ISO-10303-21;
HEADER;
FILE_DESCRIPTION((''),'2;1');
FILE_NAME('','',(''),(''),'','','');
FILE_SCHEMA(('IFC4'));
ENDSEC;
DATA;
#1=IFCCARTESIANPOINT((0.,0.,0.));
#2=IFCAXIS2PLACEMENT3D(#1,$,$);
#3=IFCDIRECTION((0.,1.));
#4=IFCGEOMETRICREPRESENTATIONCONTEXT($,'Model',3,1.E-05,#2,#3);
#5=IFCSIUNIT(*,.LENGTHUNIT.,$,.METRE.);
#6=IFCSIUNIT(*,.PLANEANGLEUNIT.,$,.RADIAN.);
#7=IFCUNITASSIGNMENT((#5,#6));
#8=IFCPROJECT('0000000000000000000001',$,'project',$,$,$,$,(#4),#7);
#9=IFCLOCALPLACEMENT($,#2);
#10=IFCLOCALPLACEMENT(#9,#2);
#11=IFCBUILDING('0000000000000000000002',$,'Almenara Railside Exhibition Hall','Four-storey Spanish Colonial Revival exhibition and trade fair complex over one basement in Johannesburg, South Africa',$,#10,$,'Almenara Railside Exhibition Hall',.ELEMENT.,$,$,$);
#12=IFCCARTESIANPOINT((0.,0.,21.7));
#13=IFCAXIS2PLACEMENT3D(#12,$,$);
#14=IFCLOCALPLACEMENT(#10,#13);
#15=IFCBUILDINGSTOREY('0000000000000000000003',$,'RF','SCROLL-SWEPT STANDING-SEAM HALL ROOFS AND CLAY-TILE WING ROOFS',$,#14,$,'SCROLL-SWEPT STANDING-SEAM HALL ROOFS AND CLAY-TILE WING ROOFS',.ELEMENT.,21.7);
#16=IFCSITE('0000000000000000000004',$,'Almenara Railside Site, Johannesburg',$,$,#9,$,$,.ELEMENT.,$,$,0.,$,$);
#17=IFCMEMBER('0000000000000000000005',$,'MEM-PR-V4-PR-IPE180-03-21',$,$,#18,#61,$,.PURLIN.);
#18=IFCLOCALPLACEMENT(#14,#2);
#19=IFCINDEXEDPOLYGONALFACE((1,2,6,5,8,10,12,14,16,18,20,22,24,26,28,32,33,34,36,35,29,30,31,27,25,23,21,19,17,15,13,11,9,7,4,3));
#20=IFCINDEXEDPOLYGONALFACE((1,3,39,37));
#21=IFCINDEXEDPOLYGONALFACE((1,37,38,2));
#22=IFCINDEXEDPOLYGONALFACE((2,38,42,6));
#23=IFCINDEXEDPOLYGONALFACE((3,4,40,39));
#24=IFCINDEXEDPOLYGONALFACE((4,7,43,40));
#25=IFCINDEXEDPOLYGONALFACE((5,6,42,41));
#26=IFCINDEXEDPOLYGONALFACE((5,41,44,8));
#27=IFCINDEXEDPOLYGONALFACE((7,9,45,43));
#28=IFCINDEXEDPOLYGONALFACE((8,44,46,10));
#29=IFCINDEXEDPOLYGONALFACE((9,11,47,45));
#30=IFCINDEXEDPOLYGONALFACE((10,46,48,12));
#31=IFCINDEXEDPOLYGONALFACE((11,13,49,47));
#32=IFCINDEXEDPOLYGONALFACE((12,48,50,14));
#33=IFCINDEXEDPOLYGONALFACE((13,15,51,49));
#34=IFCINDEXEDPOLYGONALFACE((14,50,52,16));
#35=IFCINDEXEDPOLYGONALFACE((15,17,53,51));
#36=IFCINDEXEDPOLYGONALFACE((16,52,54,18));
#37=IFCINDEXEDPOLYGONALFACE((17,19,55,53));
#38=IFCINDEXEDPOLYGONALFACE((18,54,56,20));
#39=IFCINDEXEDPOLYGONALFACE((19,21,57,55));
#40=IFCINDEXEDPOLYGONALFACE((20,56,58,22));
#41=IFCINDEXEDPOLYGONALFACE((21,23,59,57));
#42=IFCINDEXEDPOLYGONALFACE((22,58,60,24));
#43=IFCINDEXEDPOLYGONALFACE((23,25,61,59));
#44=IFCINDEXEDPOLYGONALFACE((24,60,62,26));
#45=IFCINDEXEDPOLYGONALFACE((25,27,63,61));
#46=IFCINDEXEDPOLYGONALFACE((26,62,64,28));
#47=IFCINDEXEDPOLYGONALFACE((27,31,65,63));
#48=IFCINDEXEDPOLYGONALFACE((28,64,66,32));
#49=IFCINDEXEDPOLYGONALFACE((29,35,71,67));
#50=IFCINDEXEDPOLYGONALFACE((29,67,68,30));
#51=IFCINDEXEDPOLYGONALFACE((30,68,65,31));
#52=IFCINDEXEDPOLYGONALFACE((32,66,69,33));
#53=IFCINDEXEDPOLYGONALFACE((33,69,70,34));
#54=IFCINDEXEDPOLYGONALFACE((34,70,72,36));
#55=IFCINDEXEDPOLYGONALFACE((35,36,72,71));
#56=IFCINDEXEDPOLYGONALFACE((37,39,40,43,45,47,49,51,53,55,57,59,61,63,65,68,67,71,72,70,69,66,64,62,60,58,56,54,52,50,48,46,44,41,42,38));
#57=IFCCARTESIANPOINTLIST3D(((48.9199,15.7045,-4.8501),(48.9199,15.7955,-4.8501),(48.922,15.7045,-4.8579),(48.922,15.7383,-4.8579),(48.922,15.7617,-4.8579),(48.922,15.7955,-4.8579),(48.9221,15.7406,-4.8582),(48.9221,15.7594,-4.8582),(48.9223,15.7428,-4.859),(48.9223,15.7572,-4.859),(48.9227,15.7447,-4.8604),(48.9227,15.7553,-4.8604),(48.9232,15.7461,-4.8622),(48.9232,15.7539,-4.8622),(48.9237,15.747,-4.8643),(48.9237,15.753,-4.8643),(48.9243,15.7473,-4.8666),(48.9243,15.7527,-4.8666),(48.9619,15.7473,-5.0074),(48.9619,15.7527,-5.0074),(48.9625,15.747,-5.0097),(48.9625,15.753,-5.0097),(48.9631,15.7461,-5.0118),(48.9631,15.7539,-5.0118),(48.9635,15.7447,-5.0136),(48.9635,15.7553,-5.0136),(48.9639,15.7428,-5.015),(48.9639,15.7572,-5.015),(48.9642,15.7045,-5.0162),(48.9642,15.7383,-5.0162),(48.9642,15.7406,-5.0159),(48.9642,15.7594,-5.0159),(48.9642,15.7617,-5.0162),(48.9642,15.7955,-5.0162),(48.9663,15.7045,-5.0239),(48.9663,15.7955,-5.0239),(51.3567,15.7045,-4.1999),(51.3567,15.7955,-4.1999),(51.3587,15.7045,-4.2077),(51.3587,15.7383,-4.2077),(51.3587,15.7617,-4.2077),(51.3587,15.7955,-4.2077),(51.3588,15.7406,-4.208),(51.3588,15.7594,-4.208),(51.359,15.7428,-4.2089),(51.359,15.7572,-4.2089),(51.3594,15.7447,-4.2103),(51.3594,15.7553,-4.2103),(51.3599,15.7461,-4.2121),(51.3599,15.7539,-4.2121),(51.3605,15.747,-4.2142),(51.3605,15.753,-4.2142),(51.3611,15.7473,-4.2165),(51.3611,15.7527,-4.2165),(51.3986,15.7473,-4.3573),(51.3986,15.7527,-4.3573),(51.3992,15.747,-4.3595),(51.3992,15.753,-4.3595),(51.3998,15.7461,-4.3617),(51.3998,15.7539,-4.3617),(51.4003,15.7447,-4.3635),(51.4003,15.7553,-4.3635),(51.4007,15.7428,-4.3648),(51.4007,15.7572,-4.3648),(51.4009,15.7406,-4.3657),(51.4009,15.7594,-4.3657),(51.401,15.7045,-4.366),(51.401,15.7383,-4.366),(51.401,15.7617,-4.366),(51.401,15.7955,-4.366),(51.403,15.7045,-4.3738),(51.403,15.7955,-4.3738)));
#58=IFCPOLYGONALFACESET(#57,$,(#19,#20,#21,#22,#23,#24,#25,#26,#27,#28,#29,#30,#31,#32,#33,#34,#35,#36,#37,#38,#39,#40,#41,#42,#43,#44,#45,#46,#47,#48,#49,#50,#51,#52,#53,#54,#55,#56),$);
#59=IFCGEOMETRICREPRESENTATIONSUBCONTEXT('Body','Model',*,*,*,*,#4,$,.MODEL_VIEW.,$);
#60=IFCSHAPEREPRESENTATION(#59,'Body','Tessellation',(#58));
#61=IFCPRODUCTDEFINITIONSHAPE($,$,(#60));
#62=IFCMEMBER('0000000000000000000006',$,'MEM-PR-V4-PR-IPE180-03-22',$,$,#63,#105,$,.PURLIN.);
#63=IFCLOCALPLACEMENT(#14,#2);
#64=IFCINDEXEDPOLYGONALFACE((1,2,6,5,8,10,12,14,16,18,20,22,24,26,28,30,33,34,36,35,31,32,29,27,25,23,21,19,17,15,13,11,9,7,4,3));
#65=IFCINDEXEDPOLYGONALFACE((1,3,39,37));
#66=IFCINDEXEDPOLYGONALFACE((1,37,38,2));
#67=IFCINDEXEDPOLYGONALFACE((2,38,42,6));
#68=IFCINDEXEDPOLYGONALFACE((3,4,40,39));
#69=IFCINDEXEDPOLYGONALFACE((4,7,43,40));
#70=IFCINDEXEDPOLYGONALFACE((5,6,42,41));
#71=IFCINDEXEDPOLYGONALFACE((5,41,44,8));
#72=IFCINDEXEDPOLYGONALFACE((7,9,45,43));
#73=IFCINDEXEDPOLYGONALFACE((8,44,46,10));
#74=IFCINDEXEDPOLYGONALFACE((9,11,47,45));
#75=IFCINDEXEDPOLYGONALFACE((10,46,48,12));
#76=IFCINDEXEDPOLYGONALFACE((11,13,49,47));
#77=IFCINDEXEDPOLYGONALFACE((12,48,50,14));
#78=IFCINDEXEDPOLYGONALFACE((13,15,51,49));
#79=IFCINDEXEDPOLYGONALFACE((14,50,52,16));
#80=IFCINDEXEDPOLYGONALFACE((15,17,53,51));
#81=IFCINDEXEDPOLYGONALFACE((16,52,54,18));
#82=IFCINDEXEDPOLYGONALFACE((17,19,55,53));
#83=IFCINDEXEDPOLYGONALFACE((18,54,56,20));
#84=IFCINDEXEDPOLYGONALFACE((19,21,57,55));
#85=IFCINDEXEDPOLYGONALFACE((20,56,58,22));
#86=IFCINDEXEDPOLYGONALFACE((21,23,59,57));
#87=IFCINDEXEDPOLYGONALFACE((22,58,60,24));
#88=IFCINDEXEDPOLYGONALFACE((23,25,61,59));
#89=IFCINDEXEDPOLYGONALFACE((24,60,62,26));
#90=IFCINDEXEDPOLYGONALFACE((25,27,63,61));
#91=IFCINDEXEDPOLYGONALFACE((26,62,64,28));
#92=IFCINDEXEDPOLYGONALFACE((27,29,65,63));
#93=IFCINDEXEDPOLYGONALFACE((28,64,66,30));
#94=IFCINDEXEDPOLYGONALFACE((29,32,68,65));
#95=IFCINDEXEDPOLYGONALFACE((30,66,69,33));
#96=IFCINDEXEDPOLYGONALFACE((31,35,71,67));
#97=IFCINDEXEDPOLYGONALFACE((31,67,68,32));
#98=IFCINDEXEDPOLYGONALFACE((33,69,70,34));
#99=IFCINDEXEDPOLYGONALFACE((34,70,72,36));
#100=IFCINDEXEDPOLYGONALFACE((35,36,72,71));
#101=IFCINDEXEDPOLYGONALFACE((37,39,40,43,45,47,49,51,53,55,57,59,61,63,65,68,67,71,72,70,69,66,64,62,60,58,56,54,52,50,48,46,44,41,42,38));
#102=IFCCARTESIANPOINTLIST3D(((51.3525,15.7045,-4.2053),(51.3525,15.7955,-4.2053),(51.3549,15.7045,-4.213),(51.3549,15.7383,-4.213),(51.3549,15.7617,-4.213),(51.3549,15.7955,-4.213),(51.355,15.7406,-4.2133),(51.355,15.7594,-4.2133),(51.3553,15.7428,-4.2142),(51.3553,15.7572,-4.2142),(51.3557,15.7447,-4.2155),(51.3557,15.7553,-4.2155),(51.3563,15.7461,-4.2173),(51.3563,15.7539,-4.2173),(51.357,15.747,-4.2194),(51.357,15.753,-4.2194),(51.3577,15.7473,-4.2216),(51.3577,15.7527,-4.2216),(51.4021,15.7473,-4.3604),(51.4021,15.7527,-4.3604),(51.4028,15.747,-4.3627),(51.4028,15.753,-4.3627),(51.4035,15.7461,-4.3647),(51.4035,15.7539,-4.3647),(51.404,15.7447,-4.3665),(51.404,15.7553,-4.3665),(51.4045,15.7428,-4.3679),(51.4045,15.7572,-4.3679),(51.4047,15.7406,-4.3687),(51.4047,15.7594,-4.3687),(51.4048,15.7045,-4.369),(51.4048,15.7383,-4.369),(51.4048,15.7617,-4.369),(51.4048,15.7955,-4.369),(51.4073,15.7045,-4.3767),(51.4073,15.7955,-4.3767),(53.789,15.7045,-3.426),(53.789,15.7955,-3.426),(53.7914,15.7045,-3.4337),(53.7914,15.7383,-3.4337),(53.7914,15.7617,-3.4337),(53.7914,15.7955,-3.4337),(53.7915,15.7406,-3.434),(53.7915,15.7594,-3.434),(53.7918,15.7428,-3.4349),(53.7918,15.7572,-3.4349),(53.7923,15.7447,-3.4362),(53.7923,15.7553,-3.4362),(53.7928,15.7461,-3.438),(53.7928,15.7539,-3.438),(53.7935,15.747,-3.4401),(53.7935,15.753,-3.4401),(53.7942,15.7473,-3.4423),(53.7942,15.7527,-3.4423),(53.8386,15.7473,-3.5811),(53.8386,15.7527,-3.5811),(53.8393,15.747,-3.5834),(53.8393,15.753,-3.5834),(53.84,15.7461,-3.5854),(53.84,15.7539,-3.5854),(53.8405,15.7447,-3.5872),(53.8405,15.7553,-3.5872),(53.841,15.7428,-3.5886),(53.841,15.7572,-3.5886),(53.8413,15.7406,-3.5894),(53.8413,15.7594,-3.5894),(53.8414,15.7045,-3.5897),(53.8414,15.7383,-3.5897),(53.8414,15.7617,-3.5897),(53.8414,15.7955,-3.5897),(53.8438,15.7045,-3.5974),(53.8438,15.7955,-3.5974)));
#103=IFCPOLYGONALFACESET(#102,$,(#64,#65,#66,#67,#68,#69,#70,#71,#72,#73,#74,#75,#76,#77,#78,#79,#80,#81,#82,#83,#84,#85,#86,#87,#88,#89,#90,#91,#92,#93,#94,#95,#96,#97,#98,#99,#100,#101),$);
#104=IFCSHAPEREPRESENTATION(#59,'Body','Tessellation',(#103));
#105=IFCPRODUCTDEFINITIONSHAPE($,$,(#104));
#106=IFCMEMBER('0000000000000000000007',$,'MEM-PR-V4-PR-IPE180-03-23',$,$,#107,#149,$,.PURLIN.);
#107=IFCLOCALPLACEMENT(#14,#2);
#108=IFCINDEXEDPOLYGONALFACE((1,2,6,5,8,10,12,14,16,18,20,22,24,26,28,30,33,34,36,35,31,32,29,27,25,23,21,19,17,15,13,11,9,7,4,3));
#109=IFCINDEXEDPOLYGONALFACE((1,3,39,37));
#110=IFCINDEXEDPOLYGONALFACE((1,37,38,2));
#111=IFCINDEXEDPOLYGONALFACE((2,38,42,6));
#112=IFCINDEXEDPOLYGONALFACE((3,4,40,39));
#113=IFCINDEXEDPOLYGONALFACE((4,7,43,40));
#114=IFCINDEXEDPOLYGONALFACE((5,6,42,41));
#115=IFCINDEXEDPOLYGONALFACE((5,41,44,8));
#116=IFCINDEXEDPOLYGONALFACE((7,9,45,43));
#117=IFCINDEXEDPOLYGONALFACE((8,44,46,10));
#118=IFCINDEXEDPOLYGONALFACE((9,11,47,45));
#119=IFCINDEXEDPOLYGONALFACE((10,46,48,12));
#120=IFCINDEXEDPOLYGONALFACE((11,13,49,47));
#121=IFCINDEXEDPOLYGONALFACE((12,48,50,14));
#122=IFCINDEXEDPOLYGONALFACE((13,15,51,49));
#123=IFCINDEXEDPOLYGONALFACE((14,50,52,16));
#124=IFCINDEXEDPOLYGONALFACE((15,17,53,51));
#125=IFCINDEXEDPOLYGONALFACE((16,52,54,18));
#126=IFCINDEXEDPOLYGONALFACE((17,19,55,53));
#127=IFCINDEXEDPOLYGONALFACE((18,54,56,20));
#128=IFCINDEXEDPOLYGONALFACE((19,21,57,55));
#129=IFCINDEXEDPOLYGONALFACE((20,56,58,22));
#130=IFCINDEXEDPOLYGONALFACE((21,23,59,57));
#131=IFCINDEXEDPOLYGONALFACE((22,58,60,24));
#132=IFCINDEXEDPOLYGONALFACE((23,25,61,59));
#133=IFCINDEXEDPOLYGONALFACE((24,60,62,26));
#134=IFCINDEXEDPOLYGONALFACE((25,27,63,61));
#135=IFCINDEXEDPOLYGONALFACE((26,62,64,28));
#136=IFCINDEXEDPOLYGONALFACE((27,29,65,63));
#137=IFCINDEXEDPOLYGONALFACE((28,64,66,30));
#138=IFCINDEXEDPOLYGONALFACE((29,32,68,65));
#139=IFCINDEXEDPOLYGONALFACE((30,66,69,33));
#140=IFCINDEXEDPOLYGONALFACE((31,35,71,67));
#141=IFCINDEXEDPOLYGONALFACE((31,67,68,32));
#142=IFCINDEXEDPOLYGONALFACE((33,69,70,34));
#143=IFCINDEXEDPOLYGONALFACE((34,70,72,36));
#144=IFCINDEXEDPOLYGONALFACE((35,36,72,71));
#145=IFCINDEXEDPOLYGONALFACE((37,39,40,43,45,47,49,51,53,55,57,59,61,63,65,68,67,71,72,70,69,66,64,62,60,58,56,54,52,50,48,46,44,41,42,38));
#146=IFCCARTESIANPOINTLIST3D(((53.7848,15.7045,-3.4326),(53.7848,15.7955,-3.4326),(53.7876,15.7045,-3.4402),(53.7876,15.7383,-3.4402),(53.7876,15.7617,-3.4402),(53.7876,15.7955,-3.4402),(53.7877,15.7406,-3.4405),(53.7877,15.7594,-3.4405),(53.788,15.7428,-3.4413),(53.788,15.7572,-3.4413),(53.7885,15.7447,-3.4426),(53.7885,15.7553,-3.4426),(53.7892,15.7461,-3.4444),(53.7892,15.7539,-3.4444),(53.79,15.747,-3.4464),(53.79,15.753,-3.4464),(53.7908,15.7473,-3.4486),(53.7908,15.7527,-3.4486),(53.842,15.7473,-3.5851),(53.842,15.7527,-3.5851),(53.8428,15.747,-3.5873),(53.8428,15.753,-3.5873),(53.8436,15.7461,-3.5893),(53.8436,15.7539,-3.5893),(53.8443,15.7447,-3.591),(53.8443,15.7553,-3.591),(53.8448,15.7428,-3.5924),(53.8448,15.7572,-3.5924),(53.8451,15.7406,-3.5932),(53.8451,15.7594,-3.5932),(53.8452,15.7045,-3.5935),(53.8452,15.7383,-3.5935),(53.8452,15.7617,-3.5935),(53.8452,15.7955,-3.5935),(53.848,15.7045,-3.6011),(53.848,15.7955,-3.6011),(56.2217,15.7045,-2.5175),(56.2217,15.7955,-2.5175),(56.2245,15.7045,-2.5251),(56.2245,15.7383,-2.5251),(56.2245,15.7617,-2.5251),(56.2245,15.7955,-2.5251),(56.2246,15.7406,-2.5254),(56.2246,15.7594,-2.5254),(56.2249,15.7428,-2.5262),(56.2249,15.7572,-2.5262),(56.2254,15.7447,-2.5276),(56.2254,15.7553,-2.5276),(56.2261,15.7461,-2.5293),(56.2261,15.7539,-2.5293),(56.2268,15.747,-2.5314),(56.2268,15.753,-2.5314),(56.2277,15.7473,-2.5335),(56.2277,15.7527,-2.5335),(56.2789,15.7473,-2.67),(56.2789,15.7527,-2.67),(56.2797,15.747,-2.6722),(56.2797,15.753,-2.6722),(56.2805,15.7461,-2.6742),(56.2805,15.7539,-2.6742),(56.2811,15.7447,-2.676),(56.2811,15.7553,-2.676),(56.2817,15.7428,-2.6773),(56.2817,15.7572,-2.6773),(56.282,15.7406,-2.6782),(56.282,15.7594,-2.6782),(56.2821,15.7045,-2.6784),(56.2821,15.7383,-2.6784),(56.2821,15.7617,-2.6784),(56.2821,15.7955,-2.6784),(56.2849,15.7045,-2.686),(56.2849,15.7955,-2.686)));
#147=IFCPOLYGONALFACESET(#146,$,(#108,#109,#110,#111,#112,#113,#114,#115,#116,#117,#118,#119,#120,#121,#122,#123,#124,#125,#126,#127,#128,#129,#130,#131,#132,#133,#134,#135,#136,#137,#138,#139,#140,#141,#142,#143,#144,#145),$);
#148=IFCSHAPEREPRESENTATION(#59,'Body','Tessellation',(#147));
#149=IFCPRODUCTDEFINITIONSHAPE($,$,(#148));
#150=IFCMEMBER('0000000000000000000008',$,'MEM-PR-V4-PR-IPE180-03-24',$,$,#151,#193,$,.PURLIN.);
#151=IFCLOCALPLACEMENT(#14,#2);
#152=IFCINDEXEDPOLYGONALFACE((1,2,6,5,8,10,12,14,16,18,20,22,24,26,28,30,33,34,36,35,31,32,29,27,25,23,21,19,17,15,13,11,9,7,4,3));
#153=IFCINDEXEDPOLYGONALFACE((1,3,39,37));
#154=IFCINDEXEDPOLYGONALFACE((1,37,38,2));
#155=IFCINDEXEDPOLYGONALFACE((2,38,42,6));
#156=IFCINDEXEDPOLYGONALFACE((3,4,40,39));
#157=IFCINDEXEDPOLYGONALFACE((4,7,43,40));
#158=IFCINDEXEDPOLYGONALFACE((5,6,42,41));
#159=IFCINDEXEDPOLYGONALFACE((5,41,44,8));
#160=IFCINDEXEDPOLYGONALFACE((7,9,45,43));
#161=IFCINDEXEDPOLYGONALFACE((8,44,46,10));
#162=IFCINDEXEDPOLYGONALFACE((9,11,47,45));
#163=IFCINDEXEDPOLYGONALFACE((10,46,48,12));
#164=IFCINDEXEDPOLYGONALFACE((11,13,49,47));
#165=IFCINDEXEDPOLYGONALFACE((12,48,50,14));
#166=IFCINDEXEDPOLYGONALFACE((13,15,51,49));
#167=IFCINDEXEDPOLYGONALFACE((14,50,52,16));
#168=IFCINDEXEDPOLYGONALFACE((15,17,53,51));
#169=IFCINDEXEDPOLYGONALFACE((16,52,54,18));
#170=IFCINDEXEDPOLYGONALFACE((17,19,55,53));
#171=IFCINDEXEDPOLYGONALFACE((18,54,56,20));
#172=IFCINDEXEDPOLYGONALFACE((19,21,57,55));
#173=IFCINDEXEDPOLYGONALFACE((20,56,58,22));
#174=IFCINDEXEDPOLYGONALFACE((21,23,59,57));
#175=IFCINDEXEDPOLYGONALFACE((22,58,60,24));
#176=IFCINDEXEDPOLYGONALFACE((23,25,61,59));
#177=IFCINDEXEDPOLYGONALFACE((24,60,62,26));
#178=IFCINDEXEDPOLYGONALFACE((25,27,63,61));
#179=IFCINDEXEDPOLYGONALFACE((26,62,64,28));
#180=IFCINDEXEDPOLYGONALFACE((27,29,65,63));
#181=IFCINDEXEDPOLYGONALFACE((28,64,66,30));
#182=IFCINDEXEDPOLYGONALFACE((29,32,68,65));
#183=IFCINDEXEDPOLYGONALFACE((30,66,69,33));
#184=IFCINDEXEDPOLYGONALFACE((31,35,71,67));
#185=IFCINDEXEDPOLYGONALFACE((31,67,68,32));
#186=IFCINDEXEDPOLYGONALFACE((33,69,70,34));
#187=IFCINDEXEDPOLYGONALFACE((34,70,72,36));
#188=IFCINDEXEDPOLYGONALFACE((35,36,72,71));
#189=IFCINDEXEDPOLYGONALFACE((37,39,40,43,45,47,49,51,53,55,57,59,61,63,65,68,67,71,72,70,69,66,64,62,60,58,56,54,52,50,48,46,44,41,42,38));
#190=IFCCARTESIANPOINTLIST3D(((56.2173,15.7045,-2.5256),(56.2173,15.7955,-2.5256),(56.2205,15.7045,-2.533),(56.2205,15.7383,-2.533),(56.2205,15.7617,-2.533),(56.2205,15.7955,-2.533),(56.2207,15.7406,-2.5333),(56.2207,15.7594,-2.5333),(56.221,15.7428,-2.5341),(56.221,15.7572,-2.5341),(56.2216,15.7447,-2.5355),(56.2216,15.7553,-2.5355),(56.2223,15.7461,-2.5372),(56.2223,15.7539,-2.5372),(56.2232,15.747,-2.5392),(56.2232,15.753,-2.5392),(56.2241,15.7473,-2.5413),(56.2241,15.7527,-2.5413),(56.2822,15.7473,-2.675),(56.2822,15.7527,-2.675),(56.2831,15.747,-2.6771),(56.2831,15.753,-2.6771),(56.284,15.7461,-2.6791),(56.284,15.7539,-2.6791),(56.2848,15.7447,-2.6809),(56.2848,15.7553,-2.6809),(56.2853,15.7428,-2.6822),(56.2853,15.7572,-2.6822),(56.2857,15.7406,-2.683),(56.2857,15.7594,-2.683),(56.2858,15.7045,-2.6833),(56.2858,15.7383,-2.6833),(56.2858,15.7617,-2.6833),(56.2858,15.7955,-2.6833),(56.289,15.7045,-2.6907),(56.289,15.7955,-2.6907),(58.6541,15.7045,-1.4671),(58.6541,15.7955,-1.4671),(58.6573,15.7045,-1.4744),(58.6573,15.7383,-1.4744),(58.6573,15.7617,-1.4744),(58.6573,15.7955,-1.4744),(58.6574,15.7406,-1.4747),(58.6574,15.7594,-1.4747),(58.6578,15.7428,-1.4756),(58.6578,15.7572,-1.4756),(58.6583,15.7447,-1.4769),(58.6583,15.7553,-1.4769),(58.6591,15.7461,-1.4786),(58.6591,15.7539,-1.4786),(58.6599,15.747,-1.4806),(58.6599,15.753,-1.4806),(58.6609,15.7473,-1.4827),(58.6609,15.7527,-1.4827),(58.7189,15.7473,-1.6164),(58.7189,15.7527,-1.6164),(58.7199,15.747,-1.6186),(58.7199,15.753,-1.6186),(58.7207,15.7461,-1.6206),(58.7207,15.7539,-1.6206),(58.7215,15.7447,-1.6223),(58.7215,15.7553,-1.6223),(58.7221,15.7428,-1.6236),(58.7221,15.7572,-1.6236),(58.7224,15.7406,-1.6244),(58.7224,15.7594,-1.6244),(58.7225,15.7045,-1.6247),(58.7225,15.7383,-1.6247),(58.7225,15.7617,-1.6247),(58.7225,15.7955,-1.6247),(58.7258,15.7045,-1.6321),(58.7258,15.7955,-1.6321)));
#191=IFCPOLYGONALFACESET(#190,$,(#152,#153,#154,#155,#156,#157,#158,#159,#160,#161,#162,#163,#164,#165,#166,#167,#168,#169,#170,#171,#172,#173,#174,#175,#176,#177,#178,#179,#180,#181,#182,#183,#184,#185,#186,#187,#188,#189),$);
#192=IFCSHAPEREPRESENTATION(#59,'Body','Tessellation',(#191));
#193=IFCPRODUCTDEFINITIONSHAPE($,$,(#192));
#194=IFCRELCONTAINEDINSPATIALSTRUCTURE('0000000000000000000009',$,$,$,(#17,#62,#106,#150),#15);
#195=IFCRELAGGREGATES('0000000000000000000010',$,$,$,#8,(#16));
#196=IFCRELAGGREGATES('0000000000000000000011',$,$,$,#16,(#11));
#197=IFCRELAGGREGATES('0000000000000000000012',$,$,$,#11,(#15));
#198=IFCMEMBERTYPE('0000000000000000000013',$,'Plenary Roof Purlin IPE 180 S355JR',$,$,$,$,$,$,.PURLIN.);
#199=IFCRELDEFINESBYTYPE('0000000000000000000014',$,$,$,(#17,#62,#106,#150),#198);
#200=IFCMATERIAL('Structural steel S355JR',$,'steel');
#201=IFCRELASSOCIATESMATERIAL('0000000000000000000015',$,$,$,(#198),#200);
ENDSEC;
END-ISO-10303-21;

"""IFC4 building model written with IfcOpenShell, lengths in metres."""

from ifc_helpers import new_model, si_unit, direction, frame, origin, origin_2d, place, context, subcontext, project, spatial, i_section, extrude, material, material_profile, profile_set, type_object, element, save


model = new_model("IFC4")

# Units and contexts
model_context = context("Model", 3, precision=1e-05, world=origin(), true_north=direction((0.0, 1.0)))
body_context = subcontext(model_context, "Body", "Model", "MODEL_VIEW")
ifc_project = project(units=[si_unit("LENGTHUNIT", "METRE"), si_unit("PLANEANGLEUNIT", "RADIAN")], contexts=[model_context])

# Site, building, storey
site_placement = place(None, origin())
site = spatial("IfcSite", under=ifc_project, at=site_placement, Name="Almenara Railside Site, Johannesburg", CompositionType="ELEMENT", RefElevation=0.0)
building_placement = place(site_placement, origin())
building = spatial("IfcBuilding", under=site, at=building_placement, Name="Almenara Railside Exhibition Hall", Description="Four-storey Spanish Colonial Revival exhibition and trade fair complex over one basement in Johannesburg, South Africa", LongName="Almenara Railside Exhibition Hall", CompositionType="ELEMENT")
storey_placement = place(building_placement, frame((0.0, 0.0, 21.7)))
storey = spatial("IfcBuildingStorey", under=building, at=storey_placement, Name="RF", Description="SCROLL-SWEPT STANDING-SEAM HALL ROOFS AND CLAY-TILE WING ROOFS", LongName="SCROLL-SWEPT STANDING-SEAM HALL ROOFS AND CLAY-TILE WING ROOFS", CompositionType="ELEMENT", Elevation=21.7)

# Members
ifc_material_1 = material(Name="Structural steel S355JR", Category="steel")
ifc_material_profile_1 = material_profile(ifc_material_1, i_section(OverallWidth=0.0911, OverallDepth=0.1799, WebThickness=0.0054, FlangeThickness=0.0081, FilletRadius=0.009, at=origin_2d()), Name="IPE 180")
ifc_profile_set_1 = profile_set([ifc_material_profile_1], Name="Structural steel S355JR")
member_type_1 = type_object("IfcMemberType", Name="Plenary Roof Purlin IPE 180 S355JR", PredefinedType="PURLIN", material=ifc_profile_set_1)
member_1_placement = place(storey_placement, frame((48.9431, 15.75, -4.937), z_axis=(0.966201, 0.0, 0.257789), x_axis=(0.0, 1.0, 0.0)))
element("IfcMember", 1, at=member_1_placement, inside=storey, type_object=member_type_1, Name="MEM-PR-V4-PR-IPE180-03-21", PredefinedType="PURLIN", context=body_context, shape_type="SweptSolid", body=[
    extrude(i_section(OverallWidth=0.0911, OverallDepth=0.1799, WebThickness=0.0054, FlangeThickness=0.0081, FilletRadius=0.009, at=origin_2d()), origin(), (0.0, 0.0, 1.0), 2.522),
])
member_2_placement = place(storey_placement, frame((51.3799, 15.75, -4.291), z_axis=(0.952468, 0.0, 0.304637), x_axis=(0.0, 1.0, 0.0)))
element("IfcMember", 2, at=member_2_placement, inside=storey, type_object=member_type_1, Name="MEM-PR-V4-PR-IPE180-03-22", PredefinedType="PURLIN", context=body_context, shape_type="SweptSolid", body=[
    extrude(i_section(OverallWidth=0.0911, OverallDepth=0.1799, WebThickness=0.0054, FlangeThickness=0.0081, FilletRadius=0.009, at=origin_2d()), origin(), (0.0, 0.0, 1.0), 2.5581),
])
member_3_placement = place(storey_placement, frame((53.8164, 15.75, -3.5168), z_axis=(0.936171, 0.0, 0.351545), x_axis=(0.0, 1.0, 0.0)))
element("IfcMember", 3, at=member_3_placement, inside=storey, type_object=member_type_1, Name="MEM-PR-V4-PR-IPE180-03-23", PredefinedType="PURLIN", context=body_context, shape_type="SweptSolid", body=[
    extrude(i_section(OverallWidth=0.0911, OverallDepth=0.1799, WebThickness=0.0054, FlangeThickness=0.0081, FilletRadius=0.009, at=origin_2d()), origin(), (0.0, 0.0, 1.0), 2.603),
])
member_4_placement = place(storey_placement, frame((56.2532, 15.75, -2.6082), z_axis=(0.91719, 0.0, 0.398451), x_axis=(0.0, 1.0, 0.0)))
element("IfcMember", 4, at=member_4_placement, inside=storey, type_object=member_type_1, Name="MEM-PR-V4-PR-IPE180-03-24", PredefinedType="PURLIN", context=body_context, shape_type="SweptSolid", body=[
    extrude(i_section(OverallWidth=0.0911, OverallDepth=0.1799, WebThickness=0.0054, FlangeThickness=0.0081, FilletRadius=0.009, at=origin_2d()), origin(), (0.0, 0.0, 1.0), 2.6567),
])

save(model, "model.ifc")
